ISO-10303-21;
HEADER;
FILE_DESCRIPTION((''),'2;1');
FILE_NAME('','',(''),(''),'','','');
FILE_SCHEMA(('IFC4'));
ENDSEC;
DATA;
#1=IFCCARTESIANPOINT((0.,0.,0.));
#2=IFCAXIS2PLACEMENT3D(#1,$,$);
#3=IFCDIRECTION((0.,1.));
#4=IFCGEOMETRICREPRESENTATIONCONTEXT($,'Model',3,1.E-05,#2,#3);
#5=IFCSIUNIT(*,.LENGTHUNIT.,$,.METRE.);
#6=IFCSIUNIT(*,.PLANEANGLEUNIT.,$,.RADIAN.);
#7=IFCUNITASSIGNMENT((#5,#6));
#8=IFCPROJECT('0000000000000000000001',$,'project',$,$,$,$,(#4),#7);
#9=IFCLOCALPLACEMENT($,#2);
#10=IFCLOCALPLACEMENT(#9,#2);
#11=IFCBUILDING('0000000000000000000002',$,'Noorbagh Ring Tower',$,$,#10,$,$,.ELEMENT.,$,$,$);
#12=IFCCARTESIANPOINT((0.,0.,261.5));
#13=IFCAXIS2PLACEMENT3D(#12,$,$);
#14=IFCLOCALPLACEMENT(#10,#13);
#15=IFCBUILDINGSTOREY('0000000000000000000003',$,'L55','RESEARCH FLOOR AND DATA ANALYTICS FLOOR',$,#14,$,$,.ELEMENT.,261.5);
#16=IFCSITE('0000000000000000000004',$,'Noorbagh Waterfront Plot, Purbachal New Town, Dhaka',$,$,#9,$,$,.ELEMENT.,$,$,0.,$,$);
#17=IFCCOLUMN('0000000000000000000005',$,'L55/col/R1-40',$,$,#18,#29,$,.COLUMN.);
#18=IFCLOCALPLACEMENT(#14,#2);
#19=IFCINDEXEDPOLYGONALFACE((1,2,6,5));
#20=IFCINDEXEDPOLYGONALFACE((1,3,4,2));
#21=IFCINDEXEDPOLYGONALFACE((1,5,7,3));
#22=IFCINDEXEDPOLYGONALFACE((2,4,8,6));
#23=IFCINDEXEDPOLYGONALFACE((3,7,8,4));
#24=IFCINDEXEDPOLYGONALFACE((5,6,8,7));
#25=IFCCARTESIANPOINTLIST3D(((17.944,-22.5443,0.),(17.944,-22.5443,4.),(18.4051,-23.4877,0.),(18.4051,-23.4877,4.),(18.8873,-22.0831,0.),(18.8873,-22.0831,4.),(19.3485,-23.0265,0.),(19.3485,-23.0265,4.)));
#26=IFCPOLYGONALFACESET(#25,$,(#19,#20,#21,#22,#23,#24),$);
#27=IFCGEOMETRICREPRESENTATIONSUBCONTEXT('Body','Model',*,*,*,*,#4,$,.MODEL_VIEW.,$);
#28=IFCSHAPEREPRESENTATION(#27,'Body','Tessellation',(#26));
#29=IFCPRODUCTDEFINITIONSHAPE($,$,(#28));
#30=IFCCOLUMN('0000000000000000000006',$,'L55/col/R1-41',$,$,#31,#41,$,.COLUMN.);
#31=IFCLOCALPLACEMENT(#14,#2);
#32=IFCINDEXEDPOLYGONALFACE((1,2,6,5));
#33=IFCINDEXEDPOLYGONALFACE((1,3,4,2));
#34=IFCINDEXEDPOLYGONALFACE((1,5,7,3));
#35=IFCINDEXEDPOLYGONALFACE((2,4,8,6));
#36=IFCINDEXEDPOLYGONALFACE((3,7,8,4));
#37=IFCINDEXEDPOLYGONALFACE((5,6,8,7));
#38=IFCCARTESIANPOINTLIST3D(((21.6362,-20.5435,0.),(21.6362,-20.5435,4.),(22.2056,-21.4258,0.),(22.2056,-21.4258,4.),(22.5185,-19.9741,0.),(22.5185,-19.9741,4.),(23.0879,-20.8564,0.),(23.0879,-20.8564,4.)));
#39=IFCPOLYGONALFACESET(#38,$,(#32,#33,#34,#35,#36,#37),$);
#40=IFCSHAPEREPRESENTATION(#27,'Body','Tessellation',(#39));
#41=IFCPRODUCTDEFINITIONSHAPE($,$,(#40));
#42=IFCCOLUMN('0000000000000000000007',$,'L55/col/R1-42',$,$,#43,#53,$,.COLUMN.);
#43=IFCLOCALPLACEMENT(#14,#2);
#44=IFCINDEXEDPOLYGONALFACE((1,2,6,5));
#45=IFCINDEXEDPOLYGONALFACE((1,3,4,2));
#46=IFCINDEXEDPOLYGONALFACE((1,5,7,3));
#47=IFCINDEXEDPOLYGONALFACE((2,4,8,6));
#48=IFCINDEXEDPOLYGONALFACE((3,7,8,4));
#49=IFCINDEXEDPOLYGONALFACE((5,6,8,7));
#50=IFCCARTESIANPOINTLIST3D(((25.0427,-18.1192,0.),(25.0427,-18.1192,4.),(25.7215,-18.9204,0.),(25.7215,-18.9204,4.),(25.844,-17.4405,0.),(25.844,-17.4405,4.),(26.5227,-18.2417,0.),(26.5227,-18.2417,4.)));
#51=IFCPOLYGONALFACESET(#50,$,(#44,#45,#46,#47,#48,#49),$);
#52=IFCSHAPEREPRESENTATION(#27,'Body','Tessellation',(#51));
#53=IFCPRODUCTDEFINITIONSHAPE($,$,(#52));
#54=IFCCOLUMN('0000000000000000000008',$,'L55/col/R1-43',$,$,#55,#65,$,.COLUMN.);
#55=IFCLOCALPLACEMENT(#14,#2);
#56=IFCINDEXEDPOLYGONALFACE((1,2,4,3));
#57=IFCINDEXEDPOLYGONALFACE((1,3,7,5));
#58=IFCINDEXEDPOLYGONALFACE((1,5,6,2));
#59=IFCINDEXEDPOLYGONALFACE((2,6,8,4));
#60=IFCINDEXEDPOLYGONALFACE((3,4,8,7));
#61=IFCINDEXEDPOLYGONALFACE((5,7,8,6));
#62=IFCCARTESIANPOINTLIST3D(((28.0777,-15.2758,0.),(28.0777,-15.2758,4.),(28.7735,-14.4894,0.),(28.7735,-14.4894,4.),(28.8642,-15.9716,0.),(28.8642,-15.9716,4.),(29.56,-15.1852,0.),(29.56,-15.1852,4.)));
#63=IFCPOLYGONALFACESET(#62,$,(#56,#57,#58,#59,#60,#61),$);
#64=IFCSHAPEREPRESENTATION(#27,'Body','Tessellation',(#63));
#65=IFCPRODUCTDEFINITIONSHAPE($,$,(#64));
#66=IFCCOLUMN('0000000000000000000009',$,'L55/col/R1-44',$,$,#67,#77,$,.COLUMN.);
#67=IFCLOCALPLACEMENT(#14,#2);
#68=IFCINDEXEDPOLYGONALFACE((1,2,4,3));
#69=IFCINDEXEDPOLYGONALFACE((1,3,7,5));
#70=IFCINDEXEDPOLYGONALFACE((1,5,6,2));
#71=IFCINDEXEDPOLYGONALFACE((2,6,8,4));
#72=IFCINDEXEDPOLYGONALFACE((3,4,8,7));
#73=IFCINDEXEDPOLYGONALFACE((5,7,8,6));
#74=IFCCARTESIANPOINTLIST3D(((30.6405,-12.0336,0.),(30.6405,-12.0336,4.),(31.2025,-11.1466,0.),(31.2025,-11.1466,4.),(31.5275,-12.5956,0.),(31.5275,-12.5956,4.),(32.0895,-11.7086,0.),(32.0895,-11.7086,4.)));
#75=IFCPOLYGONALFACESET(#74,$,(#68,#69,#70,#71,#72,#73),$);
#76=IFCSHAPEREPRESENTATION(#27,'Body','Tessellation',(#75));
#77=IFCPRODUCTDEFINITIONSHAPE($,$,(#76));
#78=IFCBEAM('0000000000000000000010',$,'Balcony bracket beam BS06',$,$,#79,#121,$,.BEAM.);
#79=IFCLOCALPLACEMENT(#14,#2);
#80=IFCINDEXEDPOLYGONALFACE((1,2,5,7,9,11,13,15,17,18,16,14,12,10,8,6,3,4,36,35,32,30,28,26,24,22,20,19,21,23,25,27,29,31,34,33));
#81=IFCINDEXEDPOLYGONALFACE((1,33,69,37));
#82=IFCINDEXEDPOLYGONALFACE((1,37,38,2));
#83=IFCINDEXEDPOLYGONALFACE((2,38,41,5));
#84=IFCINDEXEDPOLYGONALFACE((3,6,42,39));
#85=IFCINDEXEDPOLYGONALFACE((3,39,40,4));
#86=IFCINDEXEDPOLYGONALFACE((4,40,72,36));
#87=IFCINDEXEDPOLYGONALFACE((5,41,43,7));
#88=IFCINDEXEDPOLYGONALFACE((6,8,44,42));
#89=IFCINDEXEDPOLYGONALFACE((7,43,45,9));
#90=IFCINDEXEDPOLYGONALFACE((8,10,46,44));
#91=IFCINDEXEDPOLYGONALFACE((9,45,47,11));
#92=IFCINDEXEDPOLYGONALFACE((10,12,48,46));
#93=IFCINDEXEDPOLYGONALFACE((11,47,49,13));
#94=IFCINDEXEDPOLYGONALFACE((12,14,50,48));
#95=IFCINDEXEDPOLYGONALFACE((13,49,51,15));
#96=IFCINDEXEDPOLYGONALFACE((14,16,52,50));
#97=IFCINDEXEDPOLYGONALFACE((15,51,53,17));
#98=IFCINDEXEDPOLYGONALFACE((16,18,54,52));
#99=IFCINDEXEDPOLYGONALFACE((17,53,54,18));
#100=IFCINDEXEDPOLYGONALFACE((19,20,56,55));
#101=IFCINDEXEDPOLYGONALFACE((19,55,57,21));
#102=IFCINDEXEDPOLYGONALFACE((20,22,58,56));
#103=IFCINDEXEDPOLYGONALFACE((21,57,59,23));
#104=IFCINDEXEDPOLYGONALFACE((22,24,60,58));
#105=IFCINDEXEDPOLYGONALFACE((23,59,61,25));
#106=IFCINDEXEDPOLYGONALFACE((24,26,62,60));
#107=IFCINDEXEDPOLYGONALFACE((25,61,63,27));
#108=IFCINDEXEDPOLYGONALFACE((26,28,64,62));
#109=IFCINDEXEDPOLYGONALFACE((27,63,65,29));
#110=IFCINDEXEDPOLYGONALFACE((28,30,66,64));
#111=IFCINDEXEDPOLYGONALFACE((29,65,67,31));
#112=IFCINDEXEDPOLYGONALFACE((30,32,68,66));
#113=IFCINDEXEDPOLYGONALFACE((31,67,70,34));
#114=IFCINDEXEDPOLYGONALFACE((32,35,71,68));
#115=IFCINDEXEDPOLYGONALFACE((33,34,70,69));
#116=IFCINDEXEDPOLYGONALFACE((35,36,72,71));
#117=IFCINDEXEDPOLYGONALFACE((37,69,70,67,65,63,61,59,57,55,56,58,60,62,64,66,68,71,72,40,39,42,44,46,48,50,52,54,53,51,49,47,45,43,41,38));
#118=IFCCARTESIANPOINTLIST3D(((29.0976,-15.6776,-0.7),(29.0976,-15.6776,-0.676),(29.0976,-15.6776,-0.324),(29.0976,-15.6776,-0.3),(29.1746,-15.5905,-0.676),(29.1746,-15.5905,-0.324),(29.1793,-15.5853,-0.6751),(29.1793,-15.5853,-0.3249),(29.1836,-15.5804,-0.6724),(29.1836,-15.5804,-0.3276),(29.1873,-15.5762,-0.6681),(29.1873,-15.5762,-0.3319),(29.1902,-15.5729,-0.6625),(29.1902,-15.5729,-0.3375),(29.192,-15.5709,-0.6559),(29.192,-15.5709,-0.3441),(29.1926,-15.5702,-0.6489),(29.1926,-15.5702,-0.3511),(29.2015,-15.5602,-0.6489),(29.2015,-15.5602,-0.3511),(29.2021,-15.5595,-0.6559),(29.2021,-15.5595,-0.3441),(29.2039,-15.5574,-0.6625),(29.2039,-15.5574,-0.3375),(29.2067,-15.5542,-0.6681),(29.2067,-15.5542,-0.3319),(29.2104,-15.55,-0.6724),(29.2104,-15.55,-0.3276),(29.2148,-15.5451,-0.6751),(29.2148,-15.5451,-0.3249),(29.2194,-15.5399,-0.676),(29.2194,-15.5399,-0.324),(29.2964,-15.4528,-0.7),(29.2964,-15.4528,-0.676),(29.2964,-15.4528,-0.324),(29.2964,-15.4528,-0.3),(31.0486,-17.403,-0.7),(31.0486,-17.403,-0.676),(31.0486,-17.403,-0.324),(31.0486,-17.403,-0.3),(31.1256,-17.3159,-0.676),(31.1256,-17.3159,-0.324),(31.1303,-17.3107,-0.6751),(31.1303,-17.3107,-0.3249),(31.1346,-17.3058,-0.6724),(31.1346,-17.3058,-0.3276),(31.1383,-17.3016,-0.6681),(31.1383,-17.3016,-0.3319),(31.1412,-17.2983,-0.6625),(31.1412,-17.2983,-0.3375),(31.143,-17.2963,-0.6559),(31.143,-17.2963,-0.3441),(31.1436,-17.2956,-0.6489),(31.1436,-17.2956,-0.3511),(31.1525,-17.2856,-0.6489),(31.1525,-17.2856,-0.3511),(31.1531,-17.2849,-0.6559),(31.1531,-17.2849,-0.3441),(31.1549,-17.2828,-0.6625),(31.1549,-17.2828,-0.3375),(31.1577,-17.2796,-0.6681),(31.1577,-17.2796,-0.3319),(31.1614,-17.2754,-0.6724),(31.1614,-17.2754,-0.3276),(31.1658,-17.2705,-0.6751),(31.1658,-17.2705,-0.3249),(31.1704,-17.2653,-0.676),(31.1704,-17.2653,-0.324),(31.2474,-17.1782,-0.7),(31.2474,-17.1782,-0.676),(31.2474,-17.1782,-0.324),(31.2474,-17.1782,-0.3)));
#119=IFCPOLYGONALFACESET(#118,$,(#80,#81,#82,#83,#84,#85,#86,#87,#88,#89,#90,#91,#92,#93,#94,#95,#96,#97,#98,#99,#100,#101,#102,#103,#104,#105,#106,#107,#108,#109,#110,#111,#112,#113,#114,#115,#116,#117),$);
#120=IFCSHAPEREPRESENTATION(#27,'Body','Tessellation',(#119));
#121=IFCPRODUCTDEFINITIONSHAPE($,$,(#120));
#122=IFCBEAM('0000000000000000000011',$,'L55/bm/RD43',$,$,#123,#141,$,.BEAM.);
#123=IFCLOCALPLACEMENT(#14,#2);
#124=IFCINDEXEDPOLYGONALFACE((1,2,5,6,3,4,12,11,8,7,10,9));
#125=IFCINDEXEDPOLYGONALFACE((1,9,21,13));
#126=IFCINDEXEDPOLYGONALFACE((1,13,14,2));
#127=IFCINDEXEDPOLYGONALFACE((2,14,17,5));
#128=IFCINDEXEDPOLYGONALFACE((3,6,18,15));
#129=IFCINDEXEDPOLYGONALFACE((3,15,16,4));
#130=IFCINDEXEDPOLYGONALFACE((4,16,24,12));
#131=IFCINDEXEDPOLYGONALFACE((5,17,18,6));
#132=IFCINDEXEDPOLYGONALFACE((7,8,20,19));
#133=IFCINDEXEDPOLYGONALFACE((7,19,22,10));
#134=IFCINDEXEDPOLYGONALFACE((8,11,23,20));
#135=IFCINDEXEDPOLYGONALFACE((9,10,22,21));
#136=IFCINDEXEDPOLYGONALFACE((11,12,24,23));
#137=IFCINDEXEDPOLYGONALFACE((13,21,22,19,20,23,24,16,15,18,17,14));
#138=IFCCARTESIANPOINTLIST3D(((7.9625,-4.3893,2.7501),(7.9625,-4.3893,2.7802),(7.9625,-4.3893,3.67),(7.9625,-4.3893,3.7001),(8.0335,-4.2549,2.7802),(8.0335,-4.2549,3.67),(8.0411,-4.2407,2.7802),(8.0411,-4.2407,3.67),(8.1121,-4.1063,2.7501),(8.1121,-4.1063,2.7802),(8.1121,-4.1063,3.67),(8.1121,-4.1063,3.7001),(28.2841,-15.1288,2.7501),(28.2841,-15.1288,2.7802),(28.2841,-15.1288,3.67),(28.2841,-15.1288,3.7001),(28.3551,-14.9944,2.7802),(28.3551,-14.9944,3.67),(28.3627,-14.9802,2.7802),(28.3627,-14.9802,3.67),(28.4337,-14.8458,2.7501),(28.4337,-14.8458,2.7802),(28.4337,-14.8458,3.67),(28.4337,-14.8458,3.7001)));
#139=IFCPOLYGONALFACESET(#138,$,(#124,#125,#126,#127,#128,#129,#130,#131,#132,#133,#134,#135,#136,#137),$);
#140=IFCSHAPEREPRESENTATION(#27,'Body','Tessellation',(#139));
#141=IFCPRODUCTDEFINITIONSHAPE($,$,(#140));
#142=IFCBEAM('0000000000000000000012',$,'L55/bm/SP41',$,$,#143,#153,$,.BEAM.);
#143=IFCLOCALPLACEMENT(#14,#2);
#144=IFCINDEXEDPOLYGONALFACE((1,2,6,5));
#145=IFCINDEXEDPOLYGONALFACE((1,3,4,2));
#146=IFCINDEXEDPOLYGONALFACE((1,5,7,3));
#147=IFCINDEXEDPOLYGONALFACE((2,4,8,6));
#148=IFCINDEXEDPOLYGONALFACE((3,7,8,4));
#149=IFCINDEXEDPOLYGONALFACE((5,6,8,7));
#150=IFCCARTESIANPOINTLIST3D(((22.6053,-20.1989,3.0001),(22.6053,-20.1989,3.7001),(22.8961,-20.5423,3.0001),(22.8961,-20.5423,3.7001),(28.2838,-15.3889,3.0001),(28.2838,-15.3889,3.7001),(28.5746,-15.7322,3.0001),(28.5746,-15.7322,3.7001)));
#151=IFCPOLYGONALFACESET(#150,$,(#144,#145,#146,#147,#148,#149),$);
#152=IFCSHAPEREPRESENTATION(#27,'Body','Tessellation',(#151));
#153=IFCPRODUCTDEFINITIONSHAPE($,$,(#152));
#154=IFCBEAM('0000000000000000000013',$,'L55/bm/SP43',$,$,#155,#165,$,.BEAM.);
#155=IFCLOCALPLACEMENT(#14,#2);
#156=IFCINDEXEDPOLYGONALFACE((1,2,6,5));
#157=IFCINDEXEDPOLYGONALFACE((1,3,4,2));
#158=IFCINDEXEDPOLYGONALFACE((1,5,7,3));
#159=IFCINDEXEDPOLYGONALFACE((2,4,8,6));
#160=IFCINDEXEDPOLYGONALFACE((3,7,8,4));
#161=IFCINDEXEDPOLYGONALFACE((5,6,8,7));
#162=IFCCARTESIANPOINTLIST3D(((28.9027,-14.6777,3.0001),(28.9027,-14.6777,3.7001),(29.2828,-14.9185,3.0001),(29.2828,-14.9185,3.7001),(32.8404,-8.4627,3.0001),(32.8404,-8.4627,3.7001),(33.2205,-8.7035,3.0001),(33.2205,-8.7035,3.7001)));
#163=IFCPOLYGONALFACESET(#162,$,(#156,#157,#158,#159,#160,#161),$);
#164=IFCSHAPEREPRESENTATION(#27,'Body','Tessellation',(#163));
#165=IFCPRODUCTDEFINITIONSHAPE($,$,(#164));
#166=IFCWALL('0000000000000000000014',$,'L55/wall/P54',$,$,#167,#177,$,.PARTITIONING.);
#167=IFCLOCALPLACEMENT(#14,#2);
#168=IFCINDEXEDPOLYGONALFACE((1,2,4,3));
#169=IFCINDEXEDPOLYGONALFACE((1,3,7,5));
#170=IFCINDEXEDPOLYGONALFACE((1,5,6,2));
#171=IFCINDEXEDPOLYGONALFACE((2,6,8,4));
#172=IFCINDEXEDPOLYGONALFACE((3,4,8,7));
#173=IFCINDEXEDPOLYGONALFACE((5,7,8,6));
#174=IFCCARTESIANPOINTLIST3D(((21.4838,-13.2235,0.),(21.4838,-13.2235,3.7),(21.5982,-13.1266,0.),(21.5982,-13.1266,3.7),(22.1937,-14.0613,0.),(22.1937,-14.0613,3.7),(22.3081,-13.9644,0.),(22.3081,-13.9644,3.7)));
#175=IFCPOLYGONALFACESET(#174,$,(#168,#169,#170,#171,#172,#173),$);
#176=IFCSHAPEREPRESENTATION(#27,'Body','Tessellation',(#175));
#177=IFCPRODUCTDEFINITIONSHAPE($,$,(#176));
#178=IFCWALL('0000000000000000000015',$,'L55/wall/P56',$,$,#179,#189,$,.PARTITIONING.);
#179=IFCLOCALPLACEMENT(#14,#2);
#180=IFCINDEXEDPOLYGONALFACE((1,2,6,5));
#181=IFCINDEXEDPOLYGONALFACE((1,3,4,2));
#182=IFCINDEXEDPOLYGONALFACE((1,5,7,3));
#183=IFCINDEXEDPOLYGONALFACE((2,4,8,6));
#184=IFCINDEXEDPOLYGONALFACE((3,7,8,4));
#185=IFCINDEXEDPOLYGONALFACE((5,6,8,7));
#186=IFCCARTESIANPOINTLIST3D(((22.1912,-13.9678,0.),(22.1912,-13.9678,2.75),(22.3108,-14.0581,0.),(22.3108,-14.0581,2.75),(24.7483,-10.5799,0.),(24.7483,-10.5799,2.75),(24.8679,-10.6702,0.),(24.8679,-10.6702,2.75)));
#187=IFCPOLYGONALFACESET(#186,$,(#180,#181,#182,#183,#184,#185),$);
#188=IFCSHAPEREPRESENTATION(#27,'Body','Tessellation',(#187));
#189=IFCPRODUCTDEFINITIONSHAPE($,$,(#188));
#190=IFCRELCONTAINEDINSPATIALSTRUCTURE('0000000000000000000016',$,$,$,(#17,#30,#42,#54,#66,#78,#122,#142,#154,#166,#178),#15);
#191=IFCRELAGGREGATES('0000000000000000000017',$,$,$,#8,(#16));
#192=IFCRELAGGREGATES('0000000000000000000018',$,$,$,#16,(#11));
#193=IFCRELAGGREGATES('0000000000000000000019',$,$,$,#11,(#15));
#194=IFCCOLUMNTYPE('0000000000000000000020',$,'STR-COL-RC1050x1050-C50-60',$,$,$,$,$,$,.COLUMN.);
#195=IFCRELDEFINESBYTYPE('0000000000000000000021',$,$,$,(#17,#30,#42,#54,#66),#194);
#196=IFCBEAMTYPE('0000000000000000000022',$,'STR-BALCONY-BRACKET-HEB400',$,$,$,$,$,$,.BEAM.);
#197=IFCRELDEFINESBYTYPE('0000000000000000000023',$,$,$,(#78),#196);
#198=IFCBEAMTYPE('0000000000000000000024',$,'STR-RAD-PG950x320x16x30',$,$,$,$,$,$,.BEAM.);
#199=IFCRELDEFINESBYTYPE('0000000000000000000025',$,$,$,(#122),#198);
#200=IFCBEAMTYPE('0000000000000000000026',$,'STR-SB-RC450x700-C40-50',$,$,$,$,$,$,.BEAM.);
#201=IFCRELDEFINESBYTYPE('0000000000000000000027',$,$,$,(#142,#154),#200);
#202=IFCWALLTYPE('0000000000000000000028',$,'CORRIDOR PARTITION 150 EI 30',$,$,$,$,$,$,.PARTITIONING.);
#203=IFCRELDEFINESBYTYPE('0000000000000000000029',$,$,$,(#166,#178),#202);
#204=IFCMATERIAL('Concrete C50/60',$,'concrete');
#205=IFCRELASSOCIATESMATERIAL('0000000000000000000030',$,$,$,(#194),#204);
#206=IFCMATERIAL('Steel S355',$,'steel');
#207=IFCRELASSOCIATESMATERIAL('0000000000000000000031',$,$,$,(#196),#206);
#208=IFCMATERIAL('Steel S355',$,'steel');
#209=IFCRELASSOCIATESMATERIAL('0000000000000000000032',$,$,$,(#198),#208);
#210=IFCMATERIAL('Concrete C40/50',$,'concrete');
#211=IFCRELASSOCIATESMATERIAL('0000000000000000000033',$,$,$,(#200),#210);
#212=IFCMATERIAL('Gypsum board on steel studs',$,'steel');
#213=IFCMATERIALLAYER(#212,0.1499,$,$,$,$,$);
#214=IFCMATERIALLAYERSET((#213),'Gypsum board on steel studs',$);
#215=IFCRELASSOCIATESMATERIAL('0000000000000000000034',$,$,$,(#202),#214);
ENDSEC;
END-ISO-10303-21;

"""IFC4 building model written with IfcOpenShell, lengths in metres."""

from ifc_helpers import new_model, si_unit, direction, frame, frame_2d, origin, origin_2d, place, context, subcontext, project, spatial, rectangle, i_section, extrude, material, layer, layer_set, material_profile, profile_set, type_object, element, save


model = new_model("IFC4")

# Units and contexts
model_context = context("Model", 3, precision=1e-05, world=origin(), true_north=direction((0.0, 1.0)))
body_context = subcontext(model_context, "Body", "Model", "MODEL_VIEW")
ifc_project = project(units=[si_unit("LENGTHUNIT", "METRE"), si_unit("PLANEANGLEUNIT", "RADIAN")], contexts=[model_context])

# Site, building, storey
site_placement = place(None, origin())
site = spatial("IfcSite", under=ifc_project, at=site_placement, Name="Noorbagh Waterfront Plot, Purbachal New Town, Dhaka", CompositionType="ELEMENT", RefElevation=0.0)
building_placement = place(site_placement, origin())
building = spatial("IfcBuilding", under=site, at=building_placement, Name="Noorbagh Ring Tower", CompositionType="ELEMENT")
storey_placement = place(building_placement, frame((0.0, 0.0, 261.5)))
storey = spatial("IfcBuildingStorey", under=building, at=storey_placement, Name="L55", Description="RESEARCH FLOOR AND DATA ANALYTICS FLOOR", CompositionType="ELEMENT", Elevation=261.5)

# Columns
ifc_material_1 = material(Name="Concrete C50/60", Category="concrete")
ifc_material_profile_1 = material_profile(ifc_material_1, rectangle(XDim=1.05, YDim=1.05, at=origin_2d()), Name="RC1050x1050")
ifc_profile_set_1 = profile_set([ifc_material_profile_1], Name="Concrete C50/60")
column_type = type_object("IfcColumnType", Name="STR-COL-RC1050x1050-C50-60", PredefinedType="COLUMN", material=ifc_profile_set_1)
for number, where, z_axis, x_axis, name in (
    (1, (18.6462, -22.7854, 0.0), (0.0, 0.0, 1.0), (0.898399, 0.43918, 0.0), "L55/col/R1-40"),
    (2, (22.3621, -20.7, 0.0), (0.0, 0.0, 1.0), (0.840248, 0.542203, 0.0), "L55/col/R1-41"),
    (3, (25.7827, -18.1804, 0.0), (0.0, 0.0, 1.0), (0.763035, 0.646357, 0.0), "L55/col/R1-42"),
    (4, (28.8188, -15.2305, 0.0), (0.0, 0.0, 1.0), (0.662636, 0.748942, 0.0), "L55/col/R1-43"),
    (5, (31.365, -11.8711, 0.0), (0.0, 0.0, 1.0), (0.53519, 0.844731, 0.0), "L55/col/R1-44"),
):
    element("IfcColumn", number, at=place(storey_placement, frame(where, z_axis=z_axis, x_axis=x_axis)), inside=storey, type_object=column_type, Name=name, PredefinedType="COLUMN", context=body_context, shape_type="SweptSolid", body=[
        extrude(rectangle(XDim=1.05, YDim=1.05, at=origin_2d()), origin(), (0.0, 0.0, 1.0), 4.0),
    ])

# Beams
ifc_material_2 = material(Name="Steel S355", Category="steel")
ifc_material_profile_2 = material_profile(ifc_material_2, i_section(OverallWidth=0.3, OverallDepth=0.3999, WebThickness=0.0134, FlangeThickness=0.0239, FilletRadius=0.0271, at=origin_2d()), Name="HEB400")
ifc_profile_set_2 = profile_set([ifc_material_profile_2], Name="Steel S355")
beam_type_1 = type_object("IfcBeamType", Name="STR-BALCONY-BRACKET-HEB400", PredefinedType="BEAM", material=ifc_profile_set_2)
beam_1_placement = place(storey_placement, frame((29.197, -15.5652, -0.5), z_axis=(0.749088, -0.662471, 0.0), x_axis=(0.662471, 0.749088, 0.0)))
element("IfcBeam", 6, at=beam_1_placement, inside=storey, type_object=beam_type_1, Name="Balcony bracket beam BS06", PredefinedType="BEAM", context=body_context, shape_type="SweptSolid", body=[
    extrude(i_section(OverallWidth=0.3, OverallDepth=0.3999, WebThickness=0.0134, FlangeThickness=0.0239, FilletRadius=0.0271, at=origin_2d()), origin(), (0.0, 0.0, 1.0), 2.6045),
])
ifc_material_3 = material(Name="Steel S355", Category="steel")
ifc_material_profile_3 = material_profile(ifc_material_3, i_section(OverallWidth=0.3201, OverallDepth=0.95, WebThickness=0.0161, FlangeThickness=0.03, at=origin_2d()), Name="PG950x320x16x30")
ifc_profile_set_3 = profile_set([ifc_material_profile_3], Name="Steel S355")
beam_type_2 = type_object("IfcBeamType", Name="STR-RAD-PG950x320x16x30", PredefinedType="BEAM", material=ifc_profile_set_3)
beam_2_placement = place(storey_placement, frame((28.3589, -14.9873, 3.2251), z_axis=(-0.884129, 0.467243, 0.0), x_axis=(-0.467243, -0.884129, 0.0)))
element("IfcBeam", 7, at=beam_2_placement, inside=storey, type_object=beam_type_2, Name="L55/bm/RD43", PredefinedType="BEAM", context=body_context, shape_type="SweptSolid", body=[
    extrude(i_section(OverallWidth=0.3201, OverallDepth=0.95, WebThickness=0.0161, FlangeThickness=0.03, at=origin_2d()), origin(), (0.0, 0.0, 1.0), 22.9849),
])
ifc_material_4 = material(Name="Concrete C40/50", Category="concrete")
ifc_material_profile_4 = material_profile(ifc_material_4, rectangle(XDim=0.45, YDim=0.7, at=origin_2d()), Name="RC450x700")
ifc_profile_set_4 = profile_set([ifc_material_profile_4], Name="Concrete C40/50")
beam_type_3 = type_object("IfcBeamType", Name="STR-SB-RC450x700-C40-50", PredefinedType="BEAM", material=ifc_profile_set_4)
beam_3_placement = place(storey_placement, frame((22.7507, -20.3706, 3.3501), z_axis=(0.763041, 0.64635, 0.0), x_axis=(-0.64635, 0.763041, 0.0)))
element("IfcBeam", 8, at=beam_3_placement, inside=storey, type_object=beam_type_3, Name="L55/bm/SP41", PredefinedType="BEAM", context=body_context, shape_type="SweptSolid", body=[
    extrude(rectangle(XDim=0.45, YDim=0.7, at=origin_2d()), origin(), (0.0, 0.0, 1.0), 7.4419),
])
beam_4_placement = place(storey_placement, frame((29.0928, -14.7981, 3.3501), z_axis=(0.5352, 0.844726, 0.0), x_axis=(-0.844726, 0.5352, 0.0)))
element("IfcBeam", 9, at=beam_4_placement, inside=storey, type_object=beam_type_3, Name="L55/bm/SP43", PredefinedType="BEAM", context=body_context, shape_type="SweptSolid", body=[
    extrude(rectangle(XDim=0.45, YDim=0.7, at=origin_2d()), origin(), (0.0, 0.0, 1.0), 7.3574),
])

# Walls
ifc_material_5 = material(Name="Gypsum board on steel studs", Category="steel")
ifc_layer_1 = layer(ifc_material_5, 0.1499)
ifc_layer_set_1 = layer_set([ifc_layer_1], Name="Gypsum board on steel studs")
wall_type_1 = type_object("IfcWallType", Name="CORRIDOR PARTITION 150 EI 30", PredefinedType="PARTITIONING", material=ifc_layer_set_1)
wall_1_placement = place(storey_placement, frame((21.541, -13.175, 0.0), z_axis=(0.0, 0.0, 1.0), x_axis=(0.64646, -0.762948, 0.0)))
element("IfcWall", 10, at=wall_1_placement, inside=storey, type_object=wall_type_1, Name="L55/wall/P54", PredefinedType="PARTITIONING", context=body_context, shape_type="SweptSolid", body=[
    extrude(rectangle(XDim=1.0981, YDim=0.1499, at=frame_2d((0.5491, 0.0))), origin(), (0.0, 0.0, 1.0), 3.7),
])
wall_2_placement = place(storey_placement, frame((22.251, -14.0129, 0.0), z_axis=(0.0, 0.0, 1.0), x_axis=(0.602436, 0.798167, 0.0)))
element("IfcWall", 11, at=wall_2_placement, inside=storey, type_object=wall_type_1, Name="L55/wall/P56", PredefinedType="PARTITIONING", context=body_context, shape_type="SweptSolid", body=[
    extrude(rectangle(XDim=4.2446, YDim=0.1499, at=frame_2d((2.1223, 0.0))), origin(), (0.0, 0.0, 1.0), 2.75),
])

save(model, "model.ifc")
